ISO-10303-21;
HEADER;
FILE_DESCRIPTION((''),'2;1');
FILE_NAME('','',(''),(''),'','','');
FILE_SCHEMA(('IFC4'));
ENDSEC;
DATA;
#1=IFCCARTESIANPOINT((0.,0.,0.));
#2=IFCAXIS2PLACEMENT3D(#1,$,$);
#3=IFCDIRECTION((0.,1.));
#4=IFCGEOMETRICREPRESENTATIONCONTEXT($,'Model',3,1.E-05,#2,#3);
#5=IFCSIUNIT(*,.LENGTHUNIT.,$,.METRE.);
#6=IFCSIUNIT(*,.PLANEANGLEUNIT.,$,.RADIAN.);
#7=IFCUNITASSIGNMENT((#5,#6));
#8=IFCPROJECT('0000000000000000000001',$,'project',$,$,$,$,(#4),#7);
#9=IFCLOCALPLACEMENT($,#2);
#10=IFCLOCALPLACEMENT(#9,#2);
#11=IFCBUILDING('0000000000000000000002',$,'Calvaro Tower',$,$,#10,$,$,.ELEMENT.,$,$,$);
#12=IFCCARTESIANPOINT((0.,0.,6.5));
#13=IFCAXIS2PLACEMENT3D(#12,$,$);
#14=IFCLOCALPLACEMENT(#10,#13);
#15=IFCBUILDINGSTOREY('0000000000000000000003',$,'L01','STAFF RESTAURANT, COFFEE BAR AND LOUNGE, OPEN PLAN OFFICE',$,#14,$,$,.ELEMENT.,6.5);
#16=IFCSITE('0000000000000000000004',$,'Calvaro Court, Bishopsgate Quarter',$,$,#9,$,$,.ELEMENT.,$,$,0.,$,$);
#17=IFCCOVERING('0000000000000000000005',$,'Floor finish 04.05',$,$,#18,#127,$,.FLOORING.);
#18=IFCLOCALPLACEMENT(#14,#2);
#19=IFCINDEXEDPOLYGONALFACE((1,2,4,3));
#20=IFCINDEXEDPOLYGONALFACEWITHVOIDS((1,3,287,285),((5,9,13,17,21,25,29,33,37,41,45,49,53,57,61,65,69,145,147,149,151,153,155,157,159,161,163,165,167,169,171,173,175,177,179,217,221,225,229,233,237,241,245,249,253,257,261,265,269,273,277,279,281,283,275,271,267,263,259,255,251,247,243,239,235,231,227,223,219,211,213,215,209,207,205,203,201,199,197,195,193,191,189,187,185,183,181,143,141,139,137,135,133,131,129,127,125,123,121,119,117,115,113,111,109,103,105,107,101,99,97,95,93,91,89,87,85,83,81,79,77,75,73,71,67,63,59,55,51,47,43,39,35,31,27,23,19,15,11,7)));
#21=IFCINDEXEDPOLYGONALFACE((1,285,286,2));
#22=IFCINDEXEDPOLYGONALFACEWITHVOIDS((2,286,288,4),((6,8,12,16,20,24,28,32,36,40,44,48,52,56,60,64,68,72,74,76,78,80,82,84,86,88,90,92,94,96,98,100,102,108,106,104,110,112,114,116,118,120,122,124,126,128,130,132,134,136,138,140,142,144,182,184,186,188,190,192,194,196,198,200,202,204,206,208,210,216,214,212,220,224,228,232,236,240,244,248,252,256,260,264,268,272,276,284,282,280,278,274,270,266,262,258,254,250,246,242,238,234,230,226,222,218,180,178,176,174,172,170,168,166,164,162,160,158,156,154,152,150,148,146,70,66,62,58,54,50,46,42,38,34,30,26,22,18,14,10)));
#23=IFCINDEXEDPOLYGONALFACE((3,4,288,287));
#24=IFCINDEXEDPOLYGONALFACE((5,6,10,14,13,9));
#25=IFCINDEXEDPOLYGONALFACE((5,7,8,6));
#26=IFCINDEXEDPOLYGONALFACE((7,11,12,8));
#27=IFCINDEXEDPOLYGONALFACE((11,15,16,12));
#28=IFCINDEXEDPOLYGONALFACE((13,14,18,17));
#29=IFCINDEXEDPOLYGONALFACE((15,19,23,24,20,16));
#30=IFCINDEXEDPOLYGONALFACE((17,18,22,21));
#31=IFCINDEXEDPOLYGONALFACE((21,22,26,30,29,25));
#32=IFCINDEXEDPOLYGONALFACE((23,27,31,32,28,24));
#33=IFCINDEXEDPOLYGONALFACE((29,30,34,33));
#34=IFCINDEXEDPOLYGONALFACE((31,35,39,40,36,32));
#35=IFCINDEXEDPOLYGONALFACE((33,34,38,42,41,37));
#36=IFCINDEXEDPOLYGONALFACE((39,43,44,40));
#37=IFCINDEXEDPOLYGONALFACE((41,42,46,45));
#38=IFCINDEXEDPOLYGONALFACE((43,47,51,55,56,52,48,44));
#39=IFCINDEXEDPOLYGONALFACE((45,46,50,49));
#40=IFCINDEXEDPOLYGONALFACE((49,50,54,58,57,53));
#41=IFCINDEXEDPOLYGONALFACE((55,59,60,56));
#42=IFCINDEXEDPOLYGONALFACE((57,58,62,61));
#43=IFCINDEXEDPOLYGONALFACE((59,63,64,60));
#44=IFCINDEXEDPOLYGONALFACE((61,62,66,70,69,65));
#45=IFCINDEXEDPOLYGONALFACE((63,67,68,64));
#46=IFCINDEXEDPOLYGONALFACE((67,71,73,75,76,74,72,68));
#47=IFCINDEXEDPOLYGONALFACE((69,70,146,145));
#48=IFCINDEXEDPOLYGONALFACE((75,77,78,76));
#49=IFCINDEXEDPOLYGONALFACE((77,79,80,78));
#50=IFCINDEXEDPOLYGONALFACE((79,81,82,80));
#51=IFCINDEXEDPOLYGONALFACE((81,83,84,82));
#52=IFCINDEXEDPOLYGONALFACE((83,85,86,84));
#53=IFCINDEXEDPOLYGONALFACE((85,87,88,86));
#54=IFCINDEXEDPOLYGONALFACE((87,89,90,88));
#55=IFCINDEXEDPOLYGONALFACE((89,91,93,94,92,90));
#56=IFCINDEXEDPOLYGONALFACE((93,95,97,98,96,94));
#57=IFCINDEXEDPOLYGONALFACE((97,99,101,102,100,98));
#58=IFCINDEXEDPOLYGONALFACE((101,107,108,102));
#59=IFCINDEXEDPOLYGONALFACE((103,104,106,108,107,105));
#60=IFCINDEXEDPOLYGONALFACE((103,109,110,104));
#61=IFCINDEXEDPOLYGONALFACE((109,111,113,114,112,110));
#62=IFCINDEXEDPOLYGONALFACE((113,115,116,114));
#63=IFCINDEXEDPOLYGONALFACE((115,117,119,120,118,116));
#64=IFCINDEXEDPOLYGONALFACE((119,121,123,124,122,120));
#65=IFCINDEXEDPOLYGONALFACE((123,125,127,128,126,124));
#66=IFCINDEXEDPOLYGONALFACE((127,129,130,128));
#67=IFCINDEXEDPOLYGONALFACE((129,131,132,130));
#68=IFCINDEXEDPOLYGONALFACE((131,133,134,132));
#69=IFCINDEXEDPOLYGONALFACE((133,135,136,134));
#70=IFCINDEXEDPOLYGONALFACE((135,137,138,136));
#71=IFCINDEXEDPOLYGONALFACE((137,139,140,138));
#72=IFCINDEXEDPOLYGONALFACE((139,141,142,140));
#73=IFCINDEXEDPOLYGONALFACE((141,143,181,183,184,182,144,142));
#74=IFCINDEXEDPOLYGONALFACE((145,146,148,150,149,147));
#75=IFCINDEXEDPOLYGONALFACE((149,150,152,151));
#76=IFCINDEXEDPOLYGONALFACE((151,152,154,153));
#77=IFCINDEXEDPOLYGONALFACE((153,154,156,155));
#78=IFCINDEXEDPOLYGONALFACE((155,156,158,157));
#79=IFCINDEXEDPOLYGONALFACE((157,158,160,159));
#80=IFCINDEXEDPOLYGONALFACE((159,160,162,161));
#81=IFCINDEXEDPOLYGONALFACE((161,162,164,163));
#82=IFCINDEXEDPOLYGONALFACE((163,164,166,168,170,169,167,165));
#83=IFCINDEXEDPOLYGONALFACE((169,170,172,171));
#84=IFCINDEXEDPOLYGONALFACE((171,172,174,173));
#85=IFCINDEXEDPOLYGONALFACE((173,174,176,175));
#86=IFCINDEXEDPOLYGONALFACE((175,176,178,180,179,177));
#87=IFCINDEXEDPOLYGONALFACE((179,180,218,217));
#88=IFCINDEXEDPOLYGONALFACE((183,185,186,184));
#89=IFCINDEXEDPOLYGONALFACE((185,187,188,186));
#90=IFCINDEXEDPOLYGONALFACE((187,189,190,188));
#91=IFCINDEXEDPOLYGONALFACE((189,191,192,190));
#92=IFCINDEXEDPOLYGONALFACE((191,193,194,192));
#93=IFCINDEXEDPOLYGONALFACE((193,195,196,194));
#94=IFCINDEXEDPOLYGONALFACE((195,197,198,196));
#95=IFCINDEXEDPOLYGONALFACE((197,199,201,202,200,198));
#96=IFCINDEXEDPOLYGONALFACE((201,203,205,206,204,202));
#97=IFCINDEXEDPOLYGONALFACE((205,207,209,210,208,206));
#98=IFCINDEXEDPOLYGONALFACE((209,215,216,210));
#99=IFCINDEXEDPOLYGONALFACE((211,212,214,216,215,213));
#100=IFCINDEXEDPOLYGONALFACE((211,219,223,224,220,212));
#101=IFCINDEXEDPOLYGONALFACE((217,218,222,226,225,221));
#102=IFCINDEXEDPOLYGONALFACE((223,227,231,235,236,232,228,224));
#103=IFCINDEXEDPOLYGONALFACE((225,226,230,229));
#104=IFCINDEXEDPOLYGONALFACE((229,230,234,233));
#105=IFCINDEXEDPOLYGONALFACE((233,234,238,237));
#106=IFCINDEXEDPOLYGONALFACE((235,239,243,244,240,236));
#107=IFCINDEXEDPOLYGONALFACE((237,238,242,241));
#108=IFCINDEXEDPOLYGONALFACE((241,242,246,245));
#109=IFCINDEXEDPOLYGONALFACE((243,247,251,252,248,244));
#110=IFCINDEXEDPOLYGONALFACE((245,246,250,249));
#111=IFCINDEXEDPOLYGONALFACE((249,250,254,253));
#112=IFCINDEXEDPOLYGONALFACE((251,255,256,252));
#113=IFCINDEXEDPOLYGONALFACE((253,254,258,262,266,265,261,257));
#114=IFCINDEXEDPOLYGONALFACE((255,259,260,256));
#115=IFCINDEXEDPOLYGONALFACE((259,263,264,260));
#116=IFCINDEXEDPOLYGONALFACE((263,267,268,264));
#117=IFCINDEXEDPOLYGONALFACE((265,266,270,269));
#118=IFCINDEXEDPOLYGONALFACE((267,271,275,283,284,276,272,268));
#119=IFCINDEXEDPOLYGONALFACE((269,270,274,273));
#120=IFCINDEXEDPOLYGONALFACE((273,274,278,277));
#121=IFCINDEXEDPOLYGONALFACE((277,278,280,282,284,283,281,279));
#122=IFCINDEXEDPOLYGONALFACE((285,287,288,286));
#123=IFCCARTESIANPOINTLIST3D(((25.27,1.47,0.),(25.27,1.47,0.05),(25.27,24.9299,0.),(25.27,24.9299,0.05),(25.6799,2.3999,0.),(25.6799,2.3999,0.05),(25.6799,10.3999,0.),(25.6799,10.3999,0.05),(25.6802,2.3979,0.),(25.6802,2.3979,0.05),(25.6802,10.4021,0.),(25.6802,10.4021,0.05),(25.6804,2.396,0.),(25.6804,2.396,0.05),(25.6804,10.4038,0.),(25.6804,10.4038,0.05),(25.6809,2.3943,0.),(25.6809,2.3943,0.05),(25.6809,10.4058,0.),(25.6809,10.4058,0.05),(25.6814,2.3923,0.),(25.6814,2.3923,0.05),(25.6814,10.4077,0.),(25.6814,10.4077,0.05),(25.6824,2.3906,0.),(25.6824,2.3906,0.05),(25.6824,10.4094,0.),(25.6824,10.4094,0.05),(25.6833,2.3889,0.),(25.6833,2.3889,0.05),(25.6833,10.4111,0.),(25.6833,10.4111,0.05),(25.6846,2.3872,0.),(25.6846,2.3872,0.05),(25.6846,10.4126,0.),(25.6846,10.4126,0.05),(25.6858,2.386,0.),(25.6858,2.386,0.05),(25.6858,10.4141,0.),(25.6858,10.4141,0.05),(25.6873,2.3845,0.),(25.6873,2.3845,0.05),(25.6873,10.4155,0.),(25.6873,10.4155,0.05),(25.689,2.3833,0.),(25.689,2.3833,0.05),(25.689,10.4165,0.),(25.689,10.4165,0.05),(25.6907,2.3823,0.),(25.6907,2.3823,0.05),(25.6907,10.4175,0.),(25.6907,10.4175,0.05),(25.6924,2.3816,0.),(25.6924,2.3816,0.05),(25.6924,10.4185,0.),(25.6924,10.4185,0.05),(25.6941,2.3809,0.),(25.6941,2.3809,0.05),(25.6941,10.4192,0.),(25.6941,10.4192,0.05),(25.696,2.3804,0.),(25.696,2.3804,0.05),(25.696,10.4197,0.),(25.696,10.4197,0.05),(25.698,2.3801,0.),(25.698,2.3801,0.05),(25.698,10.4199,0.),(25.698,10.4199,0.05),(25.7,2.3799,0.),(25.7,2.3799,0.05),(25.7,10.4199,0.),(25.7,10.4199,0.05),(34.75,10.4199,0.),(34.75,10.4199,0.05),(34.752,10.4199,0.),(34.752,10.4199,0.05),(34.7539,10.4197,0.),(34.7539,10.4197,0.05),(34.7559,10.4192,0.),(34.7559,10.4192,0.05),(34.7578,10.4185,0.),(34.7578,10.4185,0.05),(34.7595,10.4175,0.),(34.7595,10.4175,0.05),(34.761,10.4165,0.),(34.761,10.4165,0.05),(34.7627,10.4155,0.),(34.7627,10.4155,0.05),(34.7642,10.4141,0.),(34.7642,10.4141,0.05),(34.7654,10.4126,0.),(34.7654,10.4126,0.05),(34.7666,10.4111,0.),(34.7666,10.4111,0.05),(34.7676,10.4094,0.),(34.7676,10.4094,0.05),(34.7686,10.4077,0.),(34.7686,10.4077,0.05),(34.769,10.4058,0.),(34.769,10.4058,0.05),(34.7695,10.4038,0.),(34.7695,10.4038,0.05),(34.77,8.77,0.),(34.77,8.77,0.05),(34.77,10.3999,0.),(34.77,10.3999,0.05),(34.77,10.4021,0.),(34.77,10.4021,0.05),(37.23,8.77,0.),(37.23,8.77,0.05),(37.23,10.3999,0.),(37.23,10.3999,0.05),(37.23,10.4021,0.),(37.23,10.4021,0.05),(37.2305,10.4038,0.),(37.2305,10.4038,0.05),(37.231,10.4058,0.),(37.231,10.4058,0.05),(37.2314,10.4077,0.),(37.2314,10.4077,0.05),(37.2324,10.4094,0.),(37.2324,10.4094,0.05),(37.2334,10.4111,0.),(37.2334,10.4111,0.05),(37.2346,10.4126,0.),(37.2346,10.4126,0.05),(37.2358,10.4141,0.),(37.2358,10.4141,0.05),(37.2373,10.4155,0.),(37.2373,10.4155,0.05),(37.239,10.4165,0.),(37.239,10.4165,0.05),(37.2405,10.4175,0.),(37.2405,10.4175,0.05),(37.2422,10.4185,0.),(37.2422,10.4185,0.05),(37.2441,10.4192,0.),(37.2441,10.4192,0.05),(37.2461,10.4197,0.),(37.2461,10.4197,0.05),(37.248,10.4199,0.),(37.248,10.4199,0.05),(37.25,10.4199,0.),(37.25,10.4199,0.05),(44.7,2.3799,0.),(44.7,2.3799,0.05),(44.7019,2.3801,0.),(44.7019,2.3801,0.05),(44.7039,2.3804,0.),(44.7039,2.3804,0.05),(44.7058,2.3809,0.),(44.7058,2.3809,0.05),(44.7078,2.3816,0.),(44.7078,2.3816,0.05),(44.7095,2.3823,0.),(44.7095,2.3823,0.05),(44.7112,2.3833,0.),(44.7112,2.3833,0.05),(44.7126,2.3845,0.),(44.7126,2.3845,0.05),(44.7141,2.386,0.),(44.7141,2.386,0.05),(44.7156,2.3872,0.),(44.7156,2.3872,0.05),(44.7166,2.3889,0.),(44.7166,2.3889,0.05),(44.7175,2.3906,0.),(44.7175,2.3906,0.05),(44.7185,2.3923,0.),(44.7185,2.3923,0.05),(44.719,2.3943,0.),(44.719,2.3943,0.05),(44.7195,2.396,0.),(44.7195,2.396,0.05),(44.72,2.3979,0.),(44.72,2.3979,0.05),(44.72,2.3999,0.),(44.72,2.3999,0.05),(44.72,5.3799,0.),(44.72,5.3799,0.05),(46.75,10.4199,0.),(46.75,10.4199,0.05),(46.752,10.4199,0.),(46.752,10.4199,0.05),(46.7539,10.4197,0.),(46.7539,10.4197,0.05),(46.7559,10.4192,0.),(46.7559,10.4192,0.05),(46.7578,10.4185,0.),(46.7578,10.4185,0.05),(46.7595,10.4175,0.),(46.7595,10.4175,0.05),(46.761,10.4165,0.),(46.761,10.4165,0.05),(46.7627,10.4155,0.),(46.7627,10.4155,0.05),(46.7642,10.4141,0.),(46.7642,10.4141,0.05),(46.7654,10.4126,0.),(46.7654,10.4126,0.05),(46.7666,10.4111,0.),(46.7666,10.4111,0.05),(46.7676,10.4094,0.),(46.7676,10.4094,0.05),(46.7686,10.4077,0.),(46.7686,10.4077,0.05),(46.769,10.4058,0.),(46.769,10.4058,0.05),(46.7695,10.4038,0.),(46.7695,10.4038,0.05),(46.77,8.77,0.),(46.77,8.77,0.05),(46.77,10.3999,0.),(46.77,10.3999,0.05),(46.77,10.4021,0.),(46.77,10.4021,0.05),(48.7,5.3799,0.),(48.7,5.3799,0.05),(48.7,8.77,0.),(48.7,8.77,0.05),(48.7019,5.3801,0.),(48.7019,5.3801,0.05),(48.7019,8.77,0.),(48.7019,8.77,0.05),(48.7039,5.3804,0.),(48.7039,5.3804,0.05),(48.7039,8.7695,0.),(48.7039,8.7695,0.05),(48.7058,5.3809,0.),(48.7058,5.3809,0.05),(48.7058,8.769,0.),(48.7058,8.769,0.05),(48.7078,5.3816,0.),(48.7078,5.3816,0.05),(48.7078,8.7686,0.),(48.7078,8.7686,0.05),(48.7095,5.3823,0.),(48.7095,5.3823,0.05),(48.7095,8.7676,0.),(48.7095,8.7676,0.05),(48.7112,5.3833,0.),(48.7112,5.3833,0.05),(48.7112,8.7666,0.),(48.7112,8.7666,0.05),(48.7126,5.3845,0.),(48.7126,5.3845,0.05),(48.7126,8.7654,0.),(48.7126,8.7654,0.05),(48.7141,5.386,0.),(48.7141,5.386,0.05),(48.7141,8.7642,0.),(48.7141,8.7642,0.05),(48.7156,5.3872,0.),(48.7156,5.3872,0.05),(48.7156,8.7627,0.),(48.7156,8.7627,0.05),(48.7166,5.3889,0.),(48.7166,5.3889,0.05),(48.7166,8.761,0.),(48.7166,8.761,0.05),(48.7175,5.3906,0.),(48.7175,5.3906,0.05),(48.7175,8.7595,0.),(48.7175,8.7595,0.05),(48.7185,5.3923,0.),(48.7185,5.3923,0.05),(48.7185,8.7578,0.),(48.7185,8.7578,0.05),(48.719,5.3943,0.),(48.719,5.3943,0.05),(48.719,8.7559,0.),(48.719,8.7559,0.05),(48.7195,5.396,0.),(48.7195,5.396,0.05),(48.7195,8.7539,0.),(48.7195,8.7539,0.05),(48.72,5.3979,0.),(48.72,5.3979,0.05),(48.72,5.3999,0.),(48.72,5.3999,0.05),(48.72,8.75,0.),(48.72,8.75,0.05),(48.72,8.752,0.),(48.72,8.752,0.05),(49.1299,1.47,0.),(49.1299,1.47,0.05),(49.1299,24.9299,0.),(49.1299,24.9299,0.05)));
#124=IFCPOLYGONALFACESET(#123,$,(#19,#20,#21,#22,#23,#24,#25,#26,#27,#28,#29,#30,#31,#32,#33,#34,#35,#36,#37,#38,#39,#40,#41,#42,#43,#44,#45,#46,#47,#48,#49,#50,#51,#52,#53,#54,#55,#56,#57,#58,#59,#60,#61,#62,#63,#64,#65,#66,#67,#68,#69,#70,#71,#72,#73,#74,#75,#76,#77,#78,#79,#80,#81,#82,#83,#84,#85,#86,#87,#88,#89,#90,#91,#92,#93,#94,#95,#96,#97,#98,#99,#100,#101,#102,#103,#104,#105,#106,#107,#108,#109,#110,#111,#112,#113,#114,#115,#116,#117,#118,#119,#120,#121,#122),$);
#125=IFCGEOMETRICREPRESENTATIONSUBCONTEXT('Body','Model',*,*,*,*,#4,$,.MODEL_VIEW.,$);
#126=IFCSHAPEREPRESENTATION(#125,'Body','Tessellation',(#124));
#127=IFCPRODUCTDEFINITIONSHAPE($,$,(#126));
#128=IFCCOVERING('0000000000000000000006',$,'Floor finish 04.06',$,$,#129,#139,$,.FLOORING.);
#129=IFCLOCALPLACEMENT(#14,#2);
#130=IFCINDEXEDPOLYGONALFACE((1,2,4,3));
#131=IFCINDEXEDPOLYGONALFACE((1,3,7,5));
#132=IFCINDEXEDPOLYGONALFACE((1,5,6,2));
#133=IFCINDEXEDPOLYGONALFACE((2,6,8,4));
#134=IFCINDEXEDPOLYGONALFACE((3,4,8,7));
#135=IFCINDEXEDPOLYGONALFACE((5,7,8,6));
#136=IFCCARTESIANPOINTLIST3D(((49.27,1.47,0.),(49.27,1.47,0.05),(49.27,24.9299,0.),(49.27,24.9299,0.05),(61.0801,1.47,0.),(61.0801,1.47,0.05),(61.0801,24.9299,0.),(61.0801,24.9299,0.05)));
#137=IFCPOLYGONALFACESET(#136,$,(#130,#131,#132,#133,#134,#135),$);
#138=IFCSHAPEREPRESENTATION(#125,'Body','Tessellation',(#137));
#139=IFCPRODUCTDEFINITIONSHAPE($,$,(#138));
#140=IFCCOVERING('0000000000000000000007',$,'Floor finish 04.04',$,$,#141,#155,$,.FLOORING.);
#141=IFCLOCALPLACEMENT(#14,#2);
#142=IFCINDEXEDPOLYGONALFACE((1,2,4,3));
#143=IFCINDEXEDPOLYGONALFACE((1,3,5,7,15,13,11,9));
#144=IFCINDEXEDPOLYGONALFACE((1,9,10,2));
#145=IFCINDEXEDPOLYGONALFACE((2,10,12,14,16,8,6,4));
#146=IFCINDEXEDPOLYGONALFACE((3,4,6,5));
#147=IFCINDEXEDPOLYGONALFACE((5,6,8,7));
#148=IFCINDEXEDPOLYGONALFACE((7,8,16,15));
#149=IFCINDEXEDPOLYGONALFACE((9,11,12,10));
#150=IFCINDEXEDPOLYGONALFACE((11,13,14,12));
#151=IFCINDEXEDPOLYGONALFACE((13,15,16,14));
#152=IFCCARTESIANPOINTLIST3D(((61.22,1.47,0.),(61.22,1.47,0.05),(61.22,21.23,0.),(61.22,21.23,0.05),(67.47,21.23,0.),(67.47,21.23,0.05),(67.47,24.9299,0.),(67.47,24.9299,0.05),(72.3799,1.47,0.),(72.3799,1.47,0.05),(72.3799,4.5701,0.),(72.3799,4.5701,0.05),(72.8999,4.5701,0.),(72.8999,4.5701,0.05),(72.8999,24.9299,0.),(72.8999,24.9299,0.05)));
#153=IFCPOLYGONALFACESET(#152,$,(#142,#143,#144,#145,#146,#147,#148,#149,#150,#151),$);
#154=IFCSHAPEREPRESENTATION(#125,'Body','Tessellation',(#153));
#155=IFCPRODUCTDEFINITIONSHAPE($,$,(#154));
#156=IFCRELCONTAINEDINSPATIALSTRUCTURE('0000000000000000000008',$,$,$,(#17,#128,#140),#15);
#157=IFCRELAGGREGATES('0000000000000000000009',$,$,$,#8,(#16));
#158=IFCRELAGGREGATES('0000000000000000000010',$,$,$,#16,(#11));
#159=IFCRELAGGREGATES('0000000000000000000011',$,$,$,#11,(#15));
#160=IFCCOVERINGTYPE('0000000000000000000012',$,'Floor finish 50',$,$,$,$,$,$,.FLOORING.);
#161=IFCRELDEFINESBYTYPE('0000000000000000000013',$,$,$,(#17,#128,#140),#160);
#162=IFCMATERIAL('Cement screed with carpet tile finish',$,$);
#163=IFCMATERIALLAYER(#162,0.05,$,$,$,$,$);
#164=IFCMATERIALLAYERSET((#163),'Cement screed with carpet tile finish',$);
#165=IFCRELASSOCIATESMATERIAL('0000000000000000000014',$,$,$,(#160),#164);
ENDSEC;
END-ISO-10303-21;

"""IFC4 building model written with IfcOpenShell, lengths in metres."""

from ifc_helpers import new_model, si_unit, direction, frame, origin, place, context, subcontext, project, spatial, polyline, outline, extrude, material, layer, layer_set, type_object, element, save


model = new_model("IFC4")

# Units and contexts
model_context = context("Model", 3, precision=1e-05, world=origin(), true_north=direction((0.0, 1.0)))
body_context = subcontext(model_context, "Body", "Model", "MODEL_VIEW")
ifc_project = project(units=[si_unit("LENGTHUNIT", "METRE"), si_unit("PLANEANGLEUNIT", "RADIAN")], contexts=[model_context])

# Site, building, storey
site_placement = place(None, origin())
site = spatial("IfcSite", under=ifc_project, at=site_placement, Name="Calvaro Court, Bishopsgate Quarter", CompositionType="ELEMENT", RefElevation=0.0)
building_placement = place(site_placement, origin())
building = spatial("IfcBuilding", under=site, at=building_placement, Name="Calvaro Tower", CompositionType="ELEMENT")
storey_placement = place(building_placement, frame((0.0, 0.0, 6.5)))
storey = spatial("IfcBuildingStorey", under=building, at=storey_placement, Name="L01", Description="STAFF RESTAURANT, COFFEE BAR AND LOUNGE, OPEN PLAN OFFICE", CompositionType="ELEMENT", Elevation=6.5)

# Coverings
ifc_material_1 = material(Name="Cement screed with carpet tile finish")
ifc_layer_1 = layer(ifc_material_1, 0.05)
ifc_layer_set_1 = layer_set([ifc_layer_1], Name="Cement screed with carpet tile finish")
covering_type = type_object("IfcCoveringType", Name="Floor finish 50", PredefinedType="FLOORING", material=ifc_layer_set_1)
covering_1_placement = place(storey_placement, origin())
element("IfcCovering", 1, at=covering_1_placement, inside=storey, type_object=covering_type, Name="Floor finish 04.05", PredefinedType="FLOORING", context=body_context, shape_type="SweptSolid", body=[
    extrude(outline(polyline([(49.1299, 24.9299), (49.1299, 1.47), (25.27, 1.47), (25.27, 24.9299), (49.1299, 24.9299)]), holes=[polyline([(25.6799, 2.3999), (25.6802, 2.3979), (25.6804, 2.396), (25.6809, 2.3943), (25.6814, 2.3923), (25.6824, 2.3906), (25.6833, 2.3889), (25.6846, 2.3872), (25.6858, 2.386), (25.6873, 2.3845), (25.689, 2.3833), (25.6907, 2.3823), (25.6924, 2.3816), (25.6941, 2.3809), (25.696, 2.3804), (25.698, 2.3801), (25.7, 2.3799), (44.7, 2.3799), (44.7019, 2.3801), (44.7039, 2.3804), (44.7058, 2.3809), (44.7078, 2.3816), (44.7095, 2.3823), (44.7112, 2.3833), (44.7126, 2.3845), (44.7141, 2.386), (44.7156, 2.3872), (44.7166, 2.3889), (44.7175, 2.3906), (44.7185, 2.3923), (44.719, 2.3943), (44.7195, 2.396), (44.72, 2.3979), (44.72, 2.3999), (44.72, 5.3799), (48.7, 5.3799), (48.7019, 5.3801), (48.7039, 5.3804), (48.7058, 5.3809), (48.7078, 5.3816), (48.7095, 5.3823), (48.7112, 5.3833), (48.7126, 5.3845), (48.7141, 5.386), (48.7156, 5.3872), (48.7166, 5.3889), (48.7175, 5.3906), (48.7185, 5.3923), (48.719, 5.3943), (48.7195, 5.396), (48.72, 5.3979), (48.72, 5.3999), (48.72, 8.75), (48.72, 8.752), (48.7195, 8.7539), (48.719, 8.7559), (48.7185, 8.7578), (48.7175, 8.7595), (48.7166, 8.761), (48.7156, 8.7627), (48.7141, 8.7642), (48.7126, 8.7654), (48.7112, 8.7666), (48.7095, 8.7676), (48.7078, 8.7686), (48.7058, 8.769), (48.7039, 8.7695), (48.7019, 8.77), (48.7, 8.77), (46.77, 8.77), (46.77, 10.3999), (46.77, 10.4021), (46.7695, 10.4038), (46.769, 10.4058), (46.7686, 10.4077), (46.7676, 10.4094), (46.7666, 10.4111), (46.7654, 10.4126), (46.7642, 10.4141), (46.7627, 10.4155), (46.761, 10.4165), (46.7595, 10.4175), (46.7578, 10.4185), (46.7559, 10.4192), (46.7539, 10.4197), (46.752, 10.4199), (46.75, 10.4199), (37.25, 10.4199), (37.248, 10.4199), (37.2461, 10.4197), (37.2441, 10.4192), (37.2422, 10.4185), (37.2405, 10.4175), (37.239, 10.4165), (37.2373, 10.4155), (37.2358, 10.4141), (37.2346, 10.4126), (37.2334, 10.4111), (37.2324, 10.4094), (37.2314, 10.4077), (37.231, 10.4058), (37.2305, 10.4038), (37.23, 10.4021), (37.23, 10.3999), (37.23, 8.77), (34.77, 8.77), (34.77, 10.3999), (34.77, 10.4021), (34.7695, 10.4038), (34.769, 10.4058), (34.7686, 10.4077), (34.7676, 10.4094), (34.7666, 10.4111), (34.7654, 10.4126), (34.7642, 10.4141), (34.7627, 10.4155), (34.761, 10.4165), (34.7595, 10.4175), (34.7578, 10.4185), (34.7559, 10.4192), (34.7539, 10.4197), (34.752, 10.4199), (34.75, 10.4199), (25.7, 10.4199), (25.698, 10.4199), (25.696, 10.4197), (25.6941, 10.4192), (25.6924, 10.4185), (25.6907, 10.4175), (25.689, 10.4165), (25.6873, 10.4155), (25.6858, 10.4141), (25.6846, 10.4126), (25.6833, 10.4111), (25.6824, 10.4094), (25.6814, 10.4077), (25.6809, 10.4058), (25.6804, 10.4038), (25.6802, 10.4021), (25.6799, 10.3999), (25.6799, 2.3999)])]), origin(), (0.0, 0.0, 1.0), 0.05),
])
covering_2_placement = place(storey_placement, origin())
element("IfcCovering", 2, at=covering_2_placement, inside=storey, type_object=covering_type, Name="Floor finish 04.06", PredefinedType="FLOORING", context=body_context, shape_type="SweptSolid", body=[
    extrude(outline(polyline([(61.0801, 24.9299), (61.0801, 1.47), (49.27, 1.47), (49.27, 24.9299), (61.0801, 24.9299)])), origin(), (0.0, 0.0, 1.0), 0.05),
])
covering_3_placement = place(storey_placement, origin())
element("IfcCovering", 3, at=covering_3_placement, inside=storey, type_object=covering_type, Name="Floor finish 04.04", PredefinedType="FLOORING", context=body_context, shape_type="SweptSolid", body=[
    extrude(outline(polyline([(72.3799, 4.5701), (72.3799, 1.47), (61.22, 1.47), (61.22, 21.23), (67.47, 21.23), (67.47, 24.9299), (72.8999, 24.9299), (72.8999, 4.5701), (72.3799, 4.5701)])), origin(), (0.0, 0.0, 1.0), 0.05),
])

save(model, "model.ifc")
